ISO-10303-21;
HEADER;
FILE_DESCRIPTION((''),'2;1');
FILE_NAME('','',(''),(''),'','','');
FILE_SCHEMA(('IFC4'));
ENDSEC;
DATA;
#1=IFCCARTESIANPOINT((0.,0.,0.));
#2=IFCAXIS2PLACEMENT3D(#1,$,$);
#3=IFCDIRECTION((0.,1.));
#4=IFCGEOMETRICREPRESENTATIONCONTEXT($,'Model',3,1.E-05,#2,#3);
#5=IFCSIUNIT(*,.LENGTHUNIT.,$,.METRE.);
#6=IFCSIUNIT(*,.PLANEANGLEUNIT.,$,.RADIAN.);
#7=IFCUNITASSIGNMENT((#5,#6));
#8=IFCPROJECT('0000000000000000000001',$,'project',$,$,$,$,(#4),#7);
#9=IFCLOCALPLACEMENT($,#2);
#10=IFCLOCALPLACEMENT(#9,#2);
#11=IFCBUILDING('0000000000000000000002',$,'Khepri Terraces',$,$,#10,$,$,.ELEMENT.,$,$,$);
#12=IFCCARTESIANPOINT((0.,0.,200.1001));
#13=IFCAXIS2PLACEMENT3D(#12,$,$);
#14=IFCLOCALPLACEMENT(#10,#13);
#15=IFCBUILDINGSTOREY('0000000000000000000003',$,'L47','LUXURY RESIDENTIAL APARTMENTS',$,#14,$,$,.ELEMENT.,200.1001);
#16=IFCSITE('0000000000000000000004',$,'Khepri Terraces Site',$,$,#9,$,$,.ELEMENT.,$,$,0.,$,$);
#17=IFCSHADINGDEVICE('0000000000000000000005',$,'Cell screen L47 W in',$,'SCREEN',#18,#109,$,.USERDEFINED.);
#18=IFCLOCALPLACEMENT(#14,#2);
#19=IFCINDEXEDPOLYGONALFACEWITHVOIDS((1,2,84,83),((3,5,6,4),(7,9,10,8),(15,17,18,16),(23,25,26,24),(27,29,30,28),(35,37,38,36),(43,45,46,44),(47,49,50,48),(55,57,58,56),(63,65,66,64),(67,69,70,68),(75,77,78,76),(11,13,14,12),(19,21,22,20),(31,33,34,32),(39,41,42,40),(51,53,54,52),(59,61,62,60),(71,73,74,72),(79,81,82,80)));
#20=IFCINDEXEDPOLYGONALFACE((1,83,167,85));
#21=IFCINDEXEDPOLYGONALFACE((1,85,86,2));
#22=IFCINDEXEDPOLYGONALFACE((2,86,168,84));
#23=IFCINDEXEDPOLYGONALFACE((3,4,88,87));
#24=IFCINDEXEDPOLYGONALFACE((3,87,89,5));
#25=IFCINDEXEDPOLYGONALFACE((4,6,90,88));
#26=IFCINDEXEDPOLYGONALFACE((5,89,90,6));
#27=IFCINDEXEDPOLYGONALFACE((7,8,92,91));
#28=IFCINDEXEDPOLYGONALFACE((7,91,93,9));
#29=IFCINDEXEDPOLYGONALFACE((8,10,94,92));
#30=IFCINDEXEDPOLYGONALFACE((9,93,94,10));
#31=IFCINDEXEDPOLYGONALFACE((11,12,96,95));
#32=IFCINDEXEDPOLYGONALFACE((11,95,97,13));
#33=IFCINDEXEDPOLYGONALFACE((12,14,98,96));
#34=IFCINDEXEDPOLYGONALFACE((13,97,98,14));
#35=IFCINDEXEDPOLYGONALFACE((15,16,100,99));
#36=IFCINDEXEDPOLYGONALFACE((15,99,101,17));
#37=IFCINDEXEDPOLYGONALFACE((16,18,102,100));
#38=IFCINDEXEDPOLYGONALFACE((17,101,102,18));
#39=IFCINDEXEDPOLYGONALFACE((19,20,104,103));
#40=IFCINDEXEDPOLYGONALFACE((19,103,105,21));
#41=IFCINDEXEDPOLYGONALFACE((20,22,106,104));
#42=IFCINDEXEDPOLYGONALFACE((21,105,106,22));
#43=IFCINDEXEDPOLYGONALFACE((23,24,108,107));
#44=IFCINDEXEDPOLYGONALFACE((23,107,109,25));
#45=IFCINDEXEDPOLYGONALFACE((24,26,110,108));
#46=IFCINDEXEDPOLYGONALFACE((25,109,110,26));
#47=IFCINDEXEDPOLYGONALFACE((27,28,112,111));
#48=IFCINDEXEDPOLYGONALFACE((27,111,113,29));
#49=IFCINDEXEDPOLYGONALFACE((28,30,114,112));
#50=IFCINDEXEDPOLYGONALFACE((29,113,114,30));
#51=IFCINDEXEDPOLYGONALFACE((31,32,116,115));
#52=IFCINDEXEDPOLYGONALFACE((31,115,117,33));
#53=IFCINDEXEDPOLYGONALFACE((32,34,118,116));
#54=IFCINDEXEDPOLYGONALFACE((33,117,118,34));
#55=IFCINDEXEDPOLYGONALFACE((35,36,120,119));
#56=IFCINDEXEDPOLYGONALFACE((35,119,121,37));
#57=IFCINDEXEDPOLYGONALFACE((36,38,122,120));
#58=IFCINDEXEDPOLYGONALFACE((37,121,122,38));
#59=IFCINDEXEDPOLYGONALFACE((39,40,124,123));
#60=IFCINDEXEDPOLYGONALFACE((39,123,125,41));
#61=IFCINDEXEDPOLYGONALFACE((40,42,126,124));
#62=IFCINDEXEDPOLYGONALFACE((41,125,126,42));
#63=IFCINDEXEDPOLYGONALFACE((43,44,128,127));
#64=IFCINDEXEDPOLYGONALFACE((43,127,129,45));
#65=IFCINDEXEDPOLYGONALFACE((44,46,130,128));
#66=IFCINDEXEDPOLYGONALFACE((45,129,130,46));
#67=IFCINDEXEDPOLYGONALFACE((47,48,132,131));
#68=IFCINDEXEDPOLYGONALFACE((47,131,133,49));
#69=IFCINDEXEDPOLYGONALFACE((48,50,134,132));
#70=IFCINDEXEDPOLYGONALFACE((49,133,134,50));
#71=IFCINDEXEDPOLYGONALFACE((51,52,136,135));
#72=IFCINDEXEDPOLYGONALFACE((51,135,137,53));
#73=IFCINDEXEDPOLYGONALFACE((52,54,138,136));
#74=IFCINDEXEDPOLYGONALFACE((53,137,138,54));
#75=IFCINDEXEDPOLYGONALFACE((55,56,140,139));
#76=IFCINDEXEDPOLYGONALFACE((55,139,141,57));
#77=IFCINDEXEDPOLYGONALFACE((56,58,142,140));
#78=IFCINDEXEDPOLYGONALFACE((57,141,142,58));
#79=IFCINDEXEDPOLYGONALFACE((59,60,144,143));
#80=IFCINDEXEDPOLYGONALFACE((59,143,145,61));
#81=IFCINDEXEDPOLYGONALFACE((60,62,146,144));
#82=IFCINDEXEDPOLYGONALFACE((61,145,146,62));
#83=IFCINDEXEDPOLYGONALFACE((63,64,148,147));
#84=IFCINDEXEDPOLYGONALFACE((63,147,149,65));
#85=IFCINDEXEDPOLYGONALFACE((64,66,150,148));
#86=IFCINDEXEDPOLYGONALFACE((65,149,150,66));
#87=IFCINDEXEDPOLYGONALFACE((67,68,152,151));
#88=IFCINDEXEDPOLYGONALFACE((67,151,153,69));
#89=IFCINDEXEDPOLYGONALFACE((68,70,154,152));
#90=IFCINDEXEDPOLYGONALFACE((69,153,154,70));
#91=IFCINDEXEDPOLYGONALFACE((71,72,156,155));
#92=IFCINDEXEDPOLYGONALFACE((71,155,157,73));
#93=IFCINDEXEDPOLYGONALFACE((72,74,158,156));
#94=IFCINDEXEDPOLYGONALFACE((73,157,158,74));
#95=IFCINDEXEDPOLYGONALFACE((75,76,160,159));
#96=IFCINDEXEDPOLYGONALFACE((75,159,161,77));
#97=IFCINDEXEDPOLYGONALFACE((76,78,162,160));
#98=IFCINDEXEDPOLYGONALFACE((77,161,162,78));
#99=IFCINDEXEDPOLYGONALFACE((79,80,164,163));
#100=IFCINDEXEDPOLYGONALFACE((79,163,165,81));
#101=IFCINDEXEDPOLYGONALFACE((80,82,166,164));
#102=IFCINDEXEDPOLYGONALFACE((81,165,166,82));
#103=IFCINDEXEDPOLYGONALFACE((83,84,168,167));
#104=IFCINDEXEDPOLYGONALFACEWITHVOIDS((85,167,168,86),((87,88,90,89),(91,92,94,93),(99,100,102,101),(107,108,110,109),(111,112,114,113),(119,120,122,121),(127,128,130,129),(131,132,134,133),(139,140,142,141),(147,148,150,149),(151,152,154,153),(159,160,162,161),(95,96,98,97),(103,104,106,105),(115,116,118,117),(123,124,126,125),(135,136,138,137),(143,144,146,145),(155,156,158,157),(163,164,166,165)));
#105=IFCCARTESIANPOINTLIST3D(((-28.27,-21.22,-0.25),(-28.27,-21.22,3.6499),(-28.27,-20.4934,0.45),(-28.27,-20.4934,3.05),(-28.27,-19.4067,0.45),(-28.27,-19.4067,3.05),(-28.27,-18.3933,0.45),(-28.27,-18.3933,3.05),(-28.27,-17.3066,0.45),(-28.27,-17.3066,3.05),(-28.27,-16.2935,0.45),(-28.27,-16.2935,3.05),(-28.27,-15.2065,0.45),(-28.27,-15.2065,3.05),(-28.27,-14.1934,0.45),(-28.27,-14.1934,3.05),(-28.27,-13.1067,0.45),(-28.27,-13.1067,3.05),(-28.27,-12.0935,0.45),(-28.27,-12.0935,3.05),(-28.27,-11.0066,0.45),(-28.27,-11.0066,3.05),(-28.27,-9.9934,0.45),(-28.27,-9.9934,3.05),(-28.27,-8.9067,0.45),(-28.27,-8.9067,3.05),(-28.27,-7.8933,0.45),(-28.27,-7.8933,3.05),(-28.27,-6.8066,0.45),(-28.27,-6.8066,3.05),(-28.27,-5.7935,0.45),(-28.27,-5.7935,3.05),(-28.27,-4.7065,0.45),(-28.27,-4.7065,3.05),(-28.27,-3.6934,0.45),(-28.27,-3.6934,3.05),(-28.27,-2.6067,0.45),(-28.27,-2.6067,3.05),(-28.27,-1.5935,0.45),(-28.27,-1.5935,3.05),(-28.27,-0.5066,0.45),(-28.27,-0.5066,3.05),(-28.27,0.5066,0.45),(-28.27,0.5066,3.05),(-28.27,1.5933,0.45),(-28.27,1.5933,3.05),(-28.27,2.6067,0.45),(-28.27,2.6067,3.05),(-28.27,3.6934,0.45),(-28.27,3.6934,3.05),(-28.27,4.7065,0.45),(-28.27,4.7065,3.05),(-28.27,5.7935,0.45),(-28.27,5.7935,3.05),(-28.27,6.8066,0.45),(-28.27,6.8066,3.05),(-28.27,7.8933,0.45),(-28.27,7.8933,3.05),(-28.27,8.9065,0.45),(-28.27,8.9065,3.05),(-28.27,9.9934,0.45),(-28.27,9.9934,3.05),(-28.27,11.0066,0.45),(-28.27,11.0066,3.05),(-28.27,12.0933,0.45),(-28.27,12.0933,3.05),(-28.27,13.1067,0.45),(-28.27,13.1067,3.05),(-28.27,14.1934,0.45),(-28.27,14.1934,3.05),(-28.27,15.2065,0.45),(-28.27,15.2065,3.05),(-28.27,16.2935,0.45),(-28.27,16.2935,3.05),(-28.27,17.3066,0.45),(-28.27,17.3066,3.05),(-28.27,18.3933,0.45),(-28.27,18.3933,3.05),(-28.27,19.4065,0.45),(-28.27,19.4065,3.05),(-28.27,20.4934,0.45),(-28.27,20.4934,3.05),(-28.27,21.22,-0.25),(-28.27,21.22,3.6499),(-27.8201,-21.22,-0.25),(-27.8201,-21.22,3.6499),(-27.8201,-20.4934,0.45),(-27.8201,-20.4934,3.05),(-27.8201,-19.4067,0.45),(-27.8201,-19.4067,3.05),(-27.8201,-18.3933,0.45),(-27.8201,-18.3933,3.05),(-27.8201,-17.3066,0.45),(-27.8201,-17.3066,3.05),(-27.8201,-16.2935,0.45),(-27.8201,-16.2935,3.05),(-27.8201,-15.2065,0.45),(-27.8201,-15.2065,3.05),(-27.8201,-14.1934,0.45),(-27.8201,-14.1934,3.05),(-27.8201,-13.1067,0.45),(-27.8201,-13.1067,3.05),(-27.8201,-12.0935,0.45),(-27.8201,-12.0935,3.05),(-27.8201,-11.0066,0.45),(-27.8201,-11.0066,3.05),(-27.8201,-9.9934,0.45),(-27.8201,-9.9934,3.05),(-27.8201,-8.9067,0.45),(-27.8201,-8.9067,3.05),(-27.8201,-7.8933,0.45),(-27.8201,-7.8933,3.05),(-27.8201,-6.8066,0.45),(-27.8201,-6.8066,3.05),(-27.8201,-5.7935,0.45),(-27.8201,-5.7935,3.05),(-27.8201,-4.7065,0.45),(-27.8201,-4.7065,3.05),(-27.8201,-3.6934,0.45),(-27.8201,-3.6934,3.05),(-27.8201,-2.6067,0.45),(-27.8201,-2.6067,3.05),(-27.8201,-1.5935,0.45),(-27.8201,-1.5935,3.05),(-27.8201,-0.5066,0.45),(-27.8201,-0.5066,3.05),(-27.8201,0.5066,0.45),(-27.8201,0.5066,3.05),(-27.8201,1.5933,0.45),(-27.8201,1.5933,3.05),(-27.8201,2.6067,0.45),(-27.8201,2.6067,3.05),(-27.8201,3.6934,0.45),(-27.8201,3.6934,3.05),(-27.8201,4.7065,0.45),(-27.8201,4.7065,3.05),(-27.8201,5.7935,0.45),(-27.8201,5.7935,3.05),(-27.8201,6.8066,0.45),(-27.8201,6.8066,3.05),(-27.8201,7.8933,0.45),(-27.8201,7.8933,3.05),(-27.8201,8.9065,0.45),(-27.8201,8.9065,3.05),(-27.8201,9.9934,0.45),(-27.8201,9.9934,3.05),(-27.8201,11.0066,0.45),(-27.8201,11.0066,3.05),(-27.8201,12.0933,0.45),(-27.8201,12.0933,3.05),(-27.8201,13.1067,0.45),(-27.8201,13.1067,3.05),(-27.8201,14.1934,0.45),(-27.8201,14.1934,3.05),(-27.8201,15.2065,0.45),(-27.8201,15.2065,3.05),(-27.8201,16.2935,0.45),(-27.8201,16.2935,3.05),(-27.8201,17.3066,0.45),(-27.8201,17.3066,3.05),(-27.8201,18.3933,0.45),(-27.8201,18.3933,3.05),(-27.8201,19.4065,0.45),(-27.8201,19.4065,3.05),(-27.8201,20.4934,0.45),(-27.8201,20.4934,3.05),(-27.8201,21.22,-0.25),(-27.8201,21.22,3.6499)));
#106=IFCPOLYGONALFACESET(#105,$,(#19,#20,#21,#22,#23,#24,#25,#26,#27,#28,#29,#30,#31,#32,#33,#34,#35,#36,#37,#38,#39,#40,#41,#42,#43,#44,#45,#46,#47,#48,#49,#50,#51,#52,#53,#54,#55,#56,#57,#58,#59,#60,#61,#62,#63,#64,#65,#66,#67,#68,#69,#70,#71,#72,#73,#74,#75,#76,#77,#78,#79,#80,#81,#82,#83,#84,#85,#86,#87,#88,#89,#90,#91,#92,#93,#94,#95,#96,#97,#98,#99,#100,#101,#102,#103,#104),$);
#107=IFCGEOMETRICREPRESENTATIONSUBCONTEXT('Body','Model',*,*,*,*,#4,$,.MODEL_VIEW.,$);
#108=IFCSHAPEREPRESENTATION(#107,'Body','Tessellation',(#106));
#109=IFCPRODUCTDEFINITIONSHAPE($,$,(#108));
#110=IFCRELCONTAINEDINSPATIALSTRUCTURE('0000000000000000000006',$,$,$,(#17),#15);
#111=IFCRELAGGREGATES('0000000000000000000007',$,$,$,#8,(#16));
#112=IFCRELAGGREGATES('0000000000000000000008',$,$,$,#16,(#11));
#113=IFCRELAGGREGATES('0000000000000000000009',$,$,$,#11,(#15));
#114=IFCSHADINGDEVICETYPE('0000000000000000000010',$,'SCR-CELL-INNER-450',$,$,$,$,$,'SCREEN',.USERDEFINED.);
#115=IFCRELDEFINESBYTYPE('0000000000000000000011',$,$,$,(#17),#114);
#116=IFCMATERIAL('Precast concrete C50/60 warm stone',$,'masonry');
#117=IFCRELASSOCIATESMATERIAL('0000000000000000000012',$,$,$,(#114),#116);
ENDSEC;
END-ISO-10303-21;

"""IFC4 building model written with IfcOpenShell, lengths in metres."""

from ifc_helpers import new_model, si_unit, direction, frame, origin, place, context, subcontext, project, spatial, polyline, outline, extrude, material, type_object, element, save


model = new_model("IFC4")

# Units and contexts
model_context = context("Model", 3, precision=1e-05, world=origin(), true_north=direction((0.0, 1.0)))
body_context = subcontext(model_context, "Body", "Model", "MODEL_VIEW")
ifc_project = project(units=[si_unit("LENGTHUNIT", "METRE"), si_unit("PLANEANGLEUNIT", "RADIAN")], contexts=[model_context])

# Site, building, storey
site_placement = place(None, origin())
site = spatial("IfcSite", under=ifc_project, at=site_placement, Name="Khepri Terraces Site", CompositionType="ELEMENT", RefElevation=0.0)
building_placement = place(site_placement, origin())
building = spatial("IfcBuilding", under=site, at=building_placement, Name="Khepri Terraces", CompositionType="ELEMENT")
storey_placement = place(building_placement, frame((0.0, 0.0, 200.1001)))
storey = spatial("IfcBuildingStorey", under=building, at=storey_placement, Name="L47", Description="LUXURY RESIDENTIAL APARTMENTS", CompositionType="ELEMENT", Elevation=200.1001)

# Shared definitions
ifc_material_1 = material(Name="Precast concrete C50/60 warm stone", Category="masonry")

# Shading device
shading_device_type_1 = type_object("IfcShadingDeviceType", Name="SCR-CELL-INNER-450", ElementType="SCREEN", PredefinedType="USERDEFINED", material=ifc_material_1)
shading_device_1_placement = place(storey_placement, frame((-27.8201, 21.22, -0.25), z_axis=(-1.0, 0.0, 0.0), x_axis=(0.0, -1.0, 0.0)))
element("IfcShadingDevice", 1, at=shading_device_1_placement, inside=storey, type_object=shading_device_type_1, Name="Cell screen L47 W in", ObjectType="SCREEN", PredefinedType="USERDEFINED", context=body_context, shape_type="SweptSolid", body=[
    extrude(outline(polyline([(0.0, 0.0), (42.4399, 0.0), (42.4399, 3.8999), (0.0, 3.8999), (0.0, 0.0)]), holes=[polyline([(0.7266, 0.7), (1.8135, 0.7), (1.8135, 3.3), (0.7266, 3.3), (0.7266, 0.7)]), polyline([(2.8267, 0.7), (3.9133, 0.7), (3.9133, 3.3), (2.8267, 3.3), (2.8267, 0.7)]), polyline([(4.9265, 0.7), (6.0134, 0.7), (6.0134, 3.3), (4.9265, 3.3), (4.9265, 0.7)]), polyline([(7.0266, 0.7), (8.1133, 0.7), (8.1133, 3.3), (7.0266, 3.3), (7.0266, 0.7)]), polyline([(9.1267, 0.7), (10.2134, 0.7), (10.2134, 3.3), (9.1267, 3.3), (9.1267, 0.7)]), polyline([(11.2266, 0.7), (12.3135, 0.7), (12.3135, 3.3), (11.2266, 3.3), (11.2266, 0.7)]), polyline([(13.3267, 0.7), (14.4133, 0.7), (14.4133, 3.3), (13.3267, 3.3), (13.3267, 0.7)]), polyline([(15.4265, 0.7), (16.5134, 0.7), (16.5134, 3.3), (15.4265, 3.3), (15.4265, 0.7)]), polyline([(17.5266, 0.7), (18.6133, 0.7), (18.6133, 3.3), (17.5266, 3.3), (17.5266, 0.7)]), polyline([(19.6267, 0.7), (20.7134, 0.7), (20.7134, 3.3), (19.6267, 3.3), (19.6267, 0.7)]), polyline([(21.7266, 0.7), (22.8135, 0.7), (22.8135, 3.3), (21.7266, 3.3), (21.7266, 0.7)]), polyline([(23.8267, 0.7), (24.9133, 0.7), (24.9133, 3.3), (23.8267, 3.3), (23.8267, 0.7)]), polyline([(25.9265, 0.7), (27.0134, 0.7), (27.0134, 3.3), (25.9265, 3.3), (25.9265, 0.7)]), polyline([(28.0266, 0.7), (29.1133, 0.7), (29.1133, 3.3), (28.0266, 3.3), (28.0266, 0.7)]), polyline([(30.1267, 0.7), (31.2134, 0.7), (31.2134, 3.3), (30.1267, 3.3), (30.1267, 0.7)]), polyline([(32.2266, 0.7), (33.3135, 0.7), (33.3135, 3.3), (32.2266, 3.3), (32.2266, 0.7)]), polyline([(34.3267, 0.7), (35.4133, 0.7), (35.4133, 3.3), (34.3267, 3.3), (34.3267, 0.7)]), polyline([(36.4265, 0.7), (37.5134, 0.7), (37.5134, 3.3), (36.4265, 3.3), (36.4265, 0.7)]), polyline([(38.5266, 0.7), (39.6133, 0.7), (39.6133, 3.3), (38.5266, 3.3), (38.5266, 0.7)]), polyline([(40.6267, 0.7), (41.7134, 0.7), (41.7134, 3.3), (40.6267, 3.3), (40.6267, 0.7)])]), origin(), (0.0, 0.0, 1.0), 0.45),
])

save(model, "model.ifc")
